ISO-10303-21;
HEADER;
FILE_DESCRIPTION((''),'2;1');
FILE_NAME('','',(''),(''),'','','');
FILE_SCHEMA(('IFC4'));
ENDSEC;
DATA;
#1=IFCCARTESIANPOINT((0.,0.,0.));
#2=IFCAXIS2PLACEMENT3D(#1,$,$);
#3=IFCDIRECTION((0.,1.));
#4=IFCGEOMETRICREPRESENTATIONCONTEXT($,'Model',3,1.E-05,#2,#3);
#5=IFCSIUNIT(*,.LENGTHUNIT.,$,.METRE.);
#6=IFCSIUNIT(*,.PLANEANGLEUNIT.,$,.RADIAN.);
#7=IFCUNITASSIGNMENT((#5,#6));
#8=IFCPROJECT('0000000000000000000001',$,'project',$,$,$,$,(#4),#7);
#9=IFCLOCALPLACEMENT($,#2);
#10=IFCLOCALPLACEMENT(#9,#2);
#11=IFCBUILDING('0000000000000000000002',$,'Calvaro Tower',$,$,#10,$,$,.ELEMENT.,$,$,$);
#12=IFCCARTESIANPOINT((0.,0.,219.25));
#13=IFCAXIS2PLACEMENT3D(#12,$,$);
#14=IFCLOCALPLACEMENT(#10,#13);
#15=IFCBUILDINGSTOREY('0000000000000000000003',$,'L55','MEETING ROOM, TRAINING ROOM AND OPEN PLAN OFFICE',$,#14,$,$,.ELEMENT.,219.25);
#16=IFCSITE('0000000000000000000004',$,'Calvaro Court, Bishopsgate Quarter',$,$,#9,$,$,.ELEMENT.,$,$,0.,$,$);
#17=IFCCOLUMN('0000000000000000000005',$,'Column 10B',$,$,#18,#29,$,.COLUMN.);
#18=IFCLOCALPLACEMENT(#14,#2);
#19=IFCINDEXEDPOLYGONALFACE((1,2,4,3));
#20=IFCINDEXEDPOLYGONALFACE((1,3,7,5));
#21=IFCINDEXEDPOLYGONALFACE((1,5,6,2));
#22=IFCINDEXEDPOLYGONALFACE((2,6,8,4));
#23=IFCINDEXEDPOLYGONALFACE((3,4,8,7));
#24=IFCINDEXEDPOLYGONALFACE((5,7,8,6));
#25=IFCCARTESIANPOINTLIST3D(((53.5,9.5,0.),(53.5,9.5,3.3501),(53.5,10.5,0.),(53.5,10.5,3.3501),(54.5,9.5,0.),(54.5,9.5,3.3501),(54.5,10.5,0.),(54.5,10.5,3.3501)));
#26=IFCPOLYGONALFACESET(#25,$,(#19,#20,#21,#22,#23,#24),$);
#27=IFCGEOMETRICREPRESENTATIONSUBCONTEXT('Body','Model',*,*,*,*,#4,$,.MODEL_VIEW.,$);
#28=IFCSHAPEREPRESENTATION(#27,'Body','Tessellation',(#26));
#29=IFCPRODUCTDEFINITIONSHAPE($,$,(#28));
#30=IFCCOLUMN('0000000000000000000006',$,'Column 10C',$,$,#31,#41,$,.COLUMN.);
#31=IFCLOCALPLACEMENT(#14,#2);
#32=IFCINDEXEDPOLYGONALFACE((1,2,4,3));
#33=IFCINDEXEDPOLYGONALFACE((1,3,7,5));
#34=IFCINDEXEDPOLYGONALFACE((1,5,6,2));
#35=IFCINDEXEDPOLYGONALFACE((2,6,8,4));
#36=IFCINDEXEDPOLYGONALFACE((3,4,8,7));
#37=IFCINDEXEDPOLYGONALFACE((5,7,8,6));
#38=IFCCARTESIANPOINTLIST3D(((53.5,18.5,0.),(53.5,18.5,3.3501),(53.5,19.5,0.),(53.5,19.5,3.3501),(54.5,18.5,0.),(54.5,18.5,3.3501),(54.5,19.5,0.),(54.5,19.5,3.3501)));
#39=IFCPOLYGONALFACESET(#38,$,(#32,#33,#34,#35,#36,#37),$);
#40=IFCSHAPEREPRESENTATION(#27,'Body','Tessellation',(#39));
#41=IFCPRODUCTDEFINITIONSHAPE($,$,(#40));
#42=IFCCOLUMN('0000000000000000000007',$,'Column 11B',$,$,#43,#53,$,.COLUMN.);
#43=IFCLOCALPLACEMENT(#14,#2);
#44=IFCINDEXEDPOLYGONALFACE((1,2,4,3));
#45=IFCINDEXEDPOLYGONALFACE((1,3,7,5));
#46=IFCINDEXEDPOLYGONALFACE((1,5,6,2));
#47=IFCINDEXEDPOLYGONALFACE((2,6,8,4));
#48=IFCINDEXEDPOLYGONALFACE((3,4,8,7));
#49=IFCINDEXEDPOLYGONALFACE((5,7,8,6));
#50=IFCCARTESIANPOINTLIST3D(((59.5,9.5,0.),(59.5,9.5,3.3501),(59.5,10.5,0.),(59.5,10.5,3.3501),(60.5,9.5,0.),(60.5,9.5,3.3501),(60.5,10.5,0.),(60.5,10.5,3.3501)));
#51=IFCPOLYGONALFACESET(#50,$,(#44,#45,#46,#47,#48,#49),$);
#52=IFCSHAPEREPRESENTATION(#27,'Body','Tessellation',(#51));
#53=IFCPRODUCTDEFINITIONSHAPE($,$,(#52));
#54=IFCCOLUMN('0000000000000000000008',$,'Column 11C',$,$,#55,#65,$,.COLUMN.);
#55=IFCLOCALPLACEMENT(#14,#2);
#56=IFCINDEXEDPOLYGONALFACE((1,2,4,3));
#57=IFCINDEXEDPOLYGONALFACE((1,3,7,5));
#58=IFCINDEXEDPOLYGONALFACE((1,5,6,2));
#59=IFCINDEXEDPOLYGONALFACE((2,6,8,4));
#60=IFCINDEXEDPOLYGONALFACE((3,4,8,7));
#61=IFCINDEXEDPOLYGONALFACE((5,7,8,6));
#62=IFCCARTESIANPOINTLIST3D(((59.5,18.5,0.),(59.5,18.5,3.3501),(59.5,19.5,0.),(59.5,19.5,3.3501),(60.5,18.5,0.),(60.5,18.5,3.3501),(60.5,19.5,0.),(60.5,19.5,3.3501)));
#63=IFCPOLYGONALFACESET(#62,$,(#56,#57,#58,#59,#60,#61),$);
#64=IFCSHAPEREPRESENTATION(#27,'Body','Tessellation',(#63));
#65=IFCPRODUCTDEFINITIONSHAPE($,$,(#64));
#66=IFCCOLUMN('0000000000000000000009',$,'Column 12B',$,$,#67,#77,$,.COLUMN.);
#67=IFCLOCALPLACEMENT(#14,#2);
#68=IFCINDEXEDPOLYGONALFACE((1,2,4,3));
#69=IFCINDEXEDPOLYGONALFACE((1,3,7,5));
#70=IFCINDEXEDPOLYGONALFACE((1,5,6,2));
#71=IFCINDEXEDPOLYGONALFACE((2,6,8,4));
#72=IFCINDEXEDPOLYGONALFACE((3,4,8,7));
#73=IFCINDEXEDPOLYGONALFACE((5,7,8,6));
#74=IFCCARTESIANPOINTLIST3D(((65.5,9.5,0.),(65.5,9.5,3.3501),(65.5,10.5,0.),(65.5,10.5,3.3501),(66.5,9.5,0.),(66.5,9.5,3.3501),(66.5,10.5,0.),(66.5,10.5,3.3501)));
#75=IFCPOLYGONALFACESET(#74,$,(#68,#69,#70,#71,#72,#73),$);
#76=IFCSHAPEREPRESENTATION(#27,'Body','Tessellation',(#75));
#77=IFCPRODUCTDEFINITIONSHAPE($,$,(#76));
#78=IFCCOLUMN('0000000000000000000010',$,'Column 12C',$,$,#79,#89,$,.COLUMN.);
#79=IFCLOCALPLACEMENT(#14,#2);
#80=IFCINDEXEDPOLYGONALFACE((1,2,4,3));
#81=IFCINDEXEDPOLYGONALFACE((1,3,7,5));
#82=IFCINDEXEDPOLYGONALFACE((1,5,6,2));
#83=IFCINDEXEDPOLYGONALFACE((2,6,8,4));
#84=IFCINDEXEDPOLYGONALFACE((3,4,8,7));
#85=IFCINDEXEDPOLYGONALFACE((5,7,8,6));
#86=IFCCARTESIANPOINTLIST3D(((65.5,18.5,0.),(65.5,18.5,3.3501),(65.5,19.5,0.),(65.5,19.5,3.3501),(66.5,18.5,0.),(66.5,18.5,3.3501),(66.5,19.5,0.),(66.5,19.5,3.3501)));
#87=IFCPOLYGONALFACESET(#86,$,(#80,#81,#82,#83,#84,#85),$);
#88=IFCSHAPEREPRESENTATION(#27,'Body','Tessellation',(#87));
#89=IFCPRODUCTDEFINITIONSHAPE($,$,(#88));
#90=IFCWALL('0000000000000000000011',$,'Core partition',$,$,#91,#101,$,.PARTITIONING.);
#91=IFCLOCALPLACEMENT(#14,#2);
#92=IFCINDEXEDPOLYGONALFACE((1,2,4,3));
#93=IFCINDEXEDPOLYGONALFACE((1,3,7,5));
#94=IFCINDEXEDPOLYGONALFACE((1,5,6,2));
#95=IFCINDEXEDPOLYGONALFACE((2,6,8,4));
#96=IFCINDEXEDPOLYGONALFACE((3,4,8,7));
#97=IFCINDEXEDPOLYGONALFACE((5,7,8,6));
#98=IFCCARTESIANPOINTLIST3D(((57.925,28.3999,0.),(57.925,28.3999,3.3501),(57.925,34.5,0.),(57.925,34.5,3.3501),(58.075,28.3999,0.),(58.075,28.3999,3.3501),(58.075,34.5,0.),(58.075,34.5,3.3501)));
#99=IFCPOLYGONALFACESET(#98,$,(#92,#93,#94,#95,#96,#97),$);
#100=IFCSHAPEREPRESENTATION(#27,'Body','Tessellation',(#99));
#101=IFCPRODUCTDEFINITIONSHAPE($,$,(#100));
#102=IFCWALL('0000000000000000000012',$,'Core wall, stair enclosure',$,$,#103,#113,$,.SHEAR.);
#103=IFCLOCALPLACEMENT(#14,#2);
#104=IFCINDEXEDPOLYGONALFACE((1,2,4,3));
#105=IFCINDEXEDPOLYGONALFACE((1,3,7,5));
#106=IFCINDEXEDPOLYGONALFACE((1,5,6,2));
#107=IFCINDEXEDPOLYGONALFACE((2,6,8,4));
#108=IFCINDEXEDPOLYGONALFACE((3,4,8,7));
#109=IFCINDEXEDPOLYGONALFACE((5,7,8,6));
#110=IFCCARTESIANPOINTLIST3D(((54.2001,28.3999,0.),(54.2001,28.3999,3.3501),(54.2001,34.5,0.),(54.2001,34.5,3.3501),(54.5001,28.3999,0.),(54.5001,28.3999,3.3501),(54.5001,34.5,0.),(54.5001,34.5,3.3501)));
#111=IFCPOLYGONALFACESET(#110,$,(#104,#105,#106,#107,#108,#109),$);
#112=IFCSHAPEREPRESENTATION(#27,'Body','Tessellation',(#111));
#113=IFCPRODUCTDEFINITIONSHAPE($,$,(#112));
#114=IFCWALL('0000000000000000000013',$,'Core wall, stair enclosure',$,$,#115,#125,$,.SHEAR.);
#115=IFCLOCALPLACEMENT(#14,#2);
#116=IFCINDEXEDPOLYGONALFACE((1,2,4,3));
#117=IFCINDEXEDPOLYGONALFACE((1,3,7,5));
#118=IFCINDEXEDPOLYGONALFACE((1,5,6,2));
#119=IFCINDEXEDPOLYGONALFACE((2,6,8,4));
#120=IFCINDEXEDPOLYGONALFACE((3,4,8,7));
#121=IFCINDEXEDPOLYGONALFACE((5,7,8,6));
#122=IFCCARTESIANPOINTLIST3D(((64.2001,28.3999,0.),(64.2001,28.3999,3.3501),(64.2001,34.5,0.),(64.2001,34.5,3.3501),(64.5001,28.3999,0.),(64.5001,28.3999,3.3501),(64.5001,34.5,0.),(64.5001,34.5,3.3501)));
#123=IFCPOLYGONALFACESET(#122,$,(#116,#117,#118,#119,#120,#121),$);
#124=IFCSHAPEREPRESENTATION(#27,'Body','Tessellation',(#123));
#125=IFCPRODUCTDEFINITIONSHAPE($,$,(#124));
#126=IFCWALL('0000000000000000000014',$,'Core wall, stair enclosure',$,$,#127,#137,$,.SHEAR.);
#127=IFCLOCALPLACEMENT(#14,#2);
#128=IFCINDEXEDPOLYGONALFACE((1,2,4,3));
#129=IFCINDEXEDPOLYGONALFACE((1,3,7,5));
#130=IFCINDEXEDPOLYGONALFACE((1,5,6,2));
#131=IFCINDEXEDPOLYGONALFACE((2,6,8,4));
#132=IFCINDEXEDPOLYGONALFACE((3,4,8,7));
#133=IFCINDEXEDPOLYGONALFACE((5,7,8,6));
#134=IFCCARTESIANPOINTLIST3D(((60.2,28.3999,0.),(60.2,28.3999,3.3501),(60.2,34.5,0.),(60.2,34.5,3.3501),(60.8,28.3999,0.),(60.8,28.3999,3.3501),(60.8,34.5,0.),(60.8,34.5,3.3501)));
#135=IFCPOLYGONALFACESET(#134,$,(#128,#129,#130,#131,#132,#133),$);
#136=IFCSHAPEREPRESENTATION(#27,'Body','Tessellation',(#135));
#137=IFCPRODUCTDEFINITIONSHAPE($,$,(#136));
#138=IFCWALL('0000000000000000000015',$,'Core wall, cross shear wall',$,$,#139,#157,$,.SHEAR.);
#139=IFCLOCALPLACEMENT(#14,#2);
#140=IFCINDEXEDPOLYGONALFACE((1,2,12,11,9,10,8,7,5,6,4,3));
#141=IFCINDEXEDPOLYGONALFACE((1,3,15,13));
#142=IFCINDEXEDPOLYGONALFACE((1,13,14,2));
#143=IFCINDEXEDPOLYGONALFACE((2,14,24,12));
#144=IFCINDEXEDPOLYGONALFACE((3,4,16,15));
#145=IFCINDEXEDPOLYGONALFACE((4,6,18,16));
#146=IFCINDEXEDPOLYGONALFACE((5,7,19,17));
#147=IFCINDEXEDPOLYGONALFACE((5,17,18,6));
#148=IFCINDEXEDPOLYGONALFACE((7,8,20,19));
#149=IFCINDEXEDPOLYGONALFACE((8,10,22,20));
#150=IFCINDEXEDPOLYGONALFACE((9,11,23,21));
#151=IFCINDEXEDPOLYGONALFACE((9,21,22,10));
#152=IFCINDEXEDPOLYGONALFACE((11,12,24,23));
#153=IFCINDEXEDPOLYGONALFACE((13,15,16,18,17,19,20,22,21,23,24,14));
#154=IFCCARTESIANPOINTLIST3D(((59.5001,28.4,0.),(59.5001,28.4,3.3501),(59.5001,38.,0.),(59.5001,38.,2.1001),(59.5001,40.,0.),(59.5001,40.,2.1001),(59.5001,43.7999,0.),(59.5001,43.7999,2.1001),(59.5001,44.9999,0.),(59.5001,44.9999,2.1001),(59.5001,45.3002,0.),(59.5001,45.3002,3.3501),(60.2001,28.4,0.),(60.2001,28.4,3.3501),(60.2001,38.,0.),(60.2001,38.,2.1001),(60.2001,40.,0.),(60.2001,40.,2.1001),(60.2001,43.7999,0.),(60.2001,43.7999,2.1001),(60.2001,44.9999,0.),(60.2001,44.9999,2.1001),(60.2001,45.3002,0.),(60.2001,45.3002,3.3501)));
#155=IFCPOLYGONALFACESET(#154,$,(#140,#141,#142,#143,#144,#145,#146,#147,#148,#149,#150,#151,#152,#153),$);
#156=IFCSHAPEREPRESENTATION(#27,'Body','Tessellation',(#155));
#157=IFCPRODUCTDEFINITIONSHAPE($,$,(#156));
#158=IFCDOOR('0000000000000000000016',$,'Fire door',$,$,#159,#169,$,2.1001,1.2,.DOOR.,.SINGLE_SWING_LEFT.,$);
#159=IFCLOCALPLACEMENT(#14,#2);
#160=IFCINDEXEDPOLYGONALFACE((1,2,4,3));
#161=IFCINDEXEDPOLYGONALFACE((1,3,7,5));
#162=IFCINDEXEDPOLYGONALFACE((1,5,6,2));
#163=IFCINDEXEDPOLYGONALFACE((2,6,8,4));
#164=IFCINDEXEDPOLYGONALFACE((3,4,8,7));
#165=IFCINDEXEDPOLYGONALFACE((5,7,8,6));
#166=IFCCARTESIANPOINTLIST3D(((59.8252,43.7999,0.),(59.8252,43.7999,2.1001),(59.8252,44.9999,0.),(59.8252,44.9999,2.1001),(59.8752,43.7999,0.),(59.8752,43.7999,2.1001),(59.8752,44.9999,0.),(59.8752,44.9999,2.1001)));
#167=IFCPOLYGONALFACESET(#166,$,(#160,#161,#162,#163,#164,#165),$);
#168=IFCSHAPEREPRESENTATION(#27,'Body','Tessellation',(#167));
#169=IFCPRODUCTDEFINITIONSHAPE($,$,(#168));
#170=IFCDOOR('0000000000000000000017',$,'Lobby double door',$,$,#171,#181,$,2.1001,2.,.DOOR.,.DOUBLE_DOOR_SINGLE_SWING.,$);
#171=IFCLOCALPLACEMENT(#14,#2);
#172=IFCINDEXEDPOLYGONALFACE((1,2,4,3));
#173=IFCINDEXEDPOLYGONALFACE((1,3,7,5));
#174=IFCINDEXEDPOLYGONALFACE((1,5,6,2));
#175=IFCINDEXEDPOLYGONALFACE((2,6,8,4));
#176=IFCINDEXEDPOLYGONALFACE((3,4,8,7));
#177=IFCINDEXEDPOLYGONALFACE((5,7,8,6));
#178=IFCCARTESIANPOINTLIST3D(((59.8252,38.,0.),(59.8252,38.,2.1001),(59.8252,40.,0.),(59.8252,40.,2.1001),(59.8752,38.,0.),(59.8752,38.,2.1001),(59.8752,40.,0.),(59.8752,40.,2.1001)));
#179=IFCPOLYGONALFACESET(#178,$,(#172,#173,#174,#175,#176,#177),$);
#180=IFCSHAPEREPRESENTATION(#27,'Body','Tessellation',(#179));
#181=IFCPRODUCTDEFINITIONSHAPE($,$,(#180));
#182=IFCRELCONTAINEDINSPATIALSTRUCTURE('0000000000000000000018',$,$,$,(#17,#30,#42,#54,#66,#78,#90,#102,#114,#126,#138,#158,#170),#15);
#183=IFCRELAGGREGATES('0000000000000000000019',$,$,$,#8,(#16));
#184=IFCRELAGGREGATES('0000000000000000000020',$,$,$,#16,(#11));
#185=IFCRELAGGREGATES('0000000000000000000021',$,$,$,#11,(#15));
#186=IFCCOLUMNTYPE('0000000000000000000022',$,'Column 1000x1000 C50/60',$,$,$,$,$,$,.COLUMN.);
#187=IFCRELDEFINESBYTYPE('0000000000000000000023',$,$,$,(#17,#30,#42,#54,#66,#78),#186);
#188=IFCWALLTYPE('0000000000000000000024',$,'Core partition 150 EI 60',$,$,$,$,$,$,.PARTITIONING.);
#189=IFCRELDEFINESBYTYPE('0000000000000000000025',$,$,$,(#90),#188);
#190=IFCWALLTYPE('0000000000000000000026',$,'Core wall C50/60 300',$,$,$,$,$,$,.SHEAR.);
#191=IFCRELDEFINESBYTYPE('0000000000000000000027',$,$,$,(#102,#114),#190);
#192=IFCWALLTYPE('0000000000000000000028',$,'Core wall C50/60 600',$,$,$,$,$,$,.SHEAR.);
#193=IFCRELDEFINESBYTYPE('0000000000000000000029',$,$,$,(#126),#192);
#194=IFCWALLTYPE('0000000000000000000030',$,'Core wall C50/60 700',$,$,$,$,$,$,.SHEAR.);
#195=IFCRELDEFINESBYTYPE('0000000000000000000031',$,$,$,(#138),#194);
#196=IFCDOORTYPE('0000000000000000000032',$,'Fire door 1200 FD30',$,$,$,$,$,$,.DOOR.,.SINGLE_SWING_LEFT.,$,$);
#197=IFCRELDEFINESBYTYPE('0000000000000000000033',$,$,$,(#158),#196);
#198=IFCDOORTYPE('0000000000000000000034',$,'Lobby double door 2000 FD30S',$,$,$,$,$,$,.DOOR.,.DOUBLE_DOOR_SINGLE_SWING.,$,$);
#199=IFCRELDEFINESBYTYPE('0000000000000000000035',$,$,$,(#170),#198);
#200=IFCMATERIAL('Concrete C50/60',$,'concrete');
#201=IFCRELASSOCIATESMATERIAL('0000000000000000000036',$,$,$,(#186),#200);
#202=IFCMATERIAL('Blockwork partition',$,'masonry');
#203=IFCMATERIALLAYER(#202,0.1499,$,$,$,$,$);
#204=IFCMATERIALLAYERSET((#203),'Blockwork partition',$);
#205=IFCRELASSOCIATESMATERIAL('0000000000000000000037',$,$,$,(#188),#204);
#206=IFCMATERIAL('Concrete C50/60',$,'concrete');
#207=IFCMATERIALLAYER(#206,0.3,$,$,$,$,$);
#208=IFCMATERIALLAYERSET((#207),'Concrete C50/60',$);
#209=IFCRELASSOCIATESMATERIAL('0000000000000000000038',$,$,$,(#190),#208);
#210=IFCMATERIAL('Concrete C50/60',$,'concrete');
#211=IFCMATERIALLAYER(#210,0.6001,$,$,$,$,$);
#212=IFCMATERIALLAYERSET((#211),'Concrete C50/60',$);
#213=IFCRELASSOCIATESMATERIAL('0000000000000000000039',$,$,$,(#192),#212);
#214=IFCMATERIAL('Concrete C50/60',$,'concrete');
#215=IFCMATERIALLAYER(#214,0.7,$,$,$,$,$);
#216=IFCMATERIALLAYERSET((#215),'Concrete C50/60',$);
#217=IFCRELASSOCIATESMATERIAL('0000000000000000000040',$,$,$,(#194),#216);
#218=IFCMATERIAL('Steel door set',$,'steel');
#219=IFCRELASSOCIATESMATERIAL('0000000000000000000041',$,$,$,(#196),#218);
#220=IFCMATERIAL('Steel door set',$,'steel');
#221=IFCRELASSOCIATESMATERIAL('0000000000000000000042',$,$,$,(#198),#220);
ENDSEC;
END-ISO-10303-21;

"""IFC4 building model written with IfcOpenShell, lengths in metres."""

from ifc_helpers import new_model, si_unit, direction, frame, frame_2d, origin, origin_2d, place, context, subcontext, project, spatial, rectangle, extrude, material, layer, layer_set, material_profile, profile_set, type_object, element, fill, save


model = new_model("IFC4")

# Units and contexts
model_context = context("Model", 3, precision=1e-05, world=origin(), true_north=direction((0.0, 1.0)))
body_context = subcontext(model_context, "Body", "Model", "MODEL_VIEW")
ifc_project = project(units=[si_unit("LENGTHUNIT", "METRE"), si_unit("PLANEANGLEUNIT", "RADIAN")], contexts=[model_context])

# Site, building, storey
site_placement = place(None, origin())
site = spatial("IfcSite", under=ifc_project, at=site_placement, Name="Calvaro Court, Bishopsgate Quarter", CompositionType="ELEMENT", RefElevation=0.0)
building_placement = place(site_placement, origin())
building = spatial("IfcBuilding", under=site, at=building_placement, Name="Calvaro Tower", CompositionType="ELEMENT")
storey_placement = place(building_placement, frame((0.0, 0.0, 219.25)))
storey = spatial("IfcBuildingStorey", under=building, at=storey_placement, Name="L55", Description="MEETING ROOM, TRAINING ROOM AND OPEN PLAN OFFICE", CompositionType="ELEMENT", Elevation=219.25)

# Columns
ifc_material_1 = material(Name="Concrete C50/60", Category="concrete")
ifc_material_profile = material_profile(ifc_material_1, rectangle(XDim=1.0, YDim=1.0, at=origin_2d()), Name="RC 1000x1000")
ifc_profile_set = profile_set([ifc_material_profile], Name="Concrete C50/60")
column_type = type_object("IfcColumnType", Name="Column 1000x1000 C50/60", PredefinedType="COLUMN", material=ifc_profile_set)
for number, where, z_axis, x_axis, name in (
    (1, (54.0, 10.0, 0.0), (0.0, 0.0, 1.0), (1.0, 0.0, 0.0), "Column 10B"),
    (2, (54.0, 19.0, 0.0), (0.0, 0.0, 1.0), (1.0, 0.0, 0.0), "Column 10C"),
    (3, (60.0, 10.0, 0.0), (0.0, 0.0, 1.0), (1.0, 0.0, 0.0), "Column 11B"),
    (4, (60.0, 19.0, 0.0), (0.0, 0.0, 1.0), (1.0, 0.0, 0.0), "Column 11C"),
    (5, (66.0, 10.0, 0.0), (0.0, 0.0, 1.0), (1.0, 0.0, 0.0), "Column 12B"),
    (6, (66.0, 19.0, 0.0), (0.0, 0.0, 1.0), (1.0, 0.0, 0.0), "Column 12C"),
):
    element("IfcColumn", number, at=place(storey_placement, frame(where, z_axis=z_axis, x_axis=x_axis)), inside=storey, type_object=column_type, Name=name, PredefinedType="COLUMN", context=body_context, shape_type="SweptSolid", body=[
        extrude(rectangle(XDim=1.0, YDim=1.0, at=origin_2d()), origin(), (0.0, 0.0, 1.0), 3.3501),
    ])

# Walls
ifc_material_2 = material(Name="Blockwork partition", Category="masonry")
ifc_layer_1 = layer(ifc_material_2, 0.1499)
ifc_layer_set_1 = layer_set([ifc_layer_1], Name="Blockwork partition")
wall_type_1 = type_object("IfcWallType", Name="Core partition 150 EI 60", PredefinedType="PARTITIONING", material=ifc_layer_set_1)
wall_1_placement = place(storey_placement, frame((58.0, 28.3999, 0.0), z_axis=(0.0, 0.0, 1.0), x_axis=(0.0, 1.0, 0.0)))
element("IfcWall", 7, at=wall_1_placement, inside=storey, type_object=wall_type_1, Name="Core partition", PredefinedType="PARTITIONING", context=body_context, shape_type="SweptSolid", body=[
    extrude(rectangle(XDim=6.1001, YDim=0.1499, at=frame_2d((3.05, 0.0))), origin(), (0.0, 0.0, 1.0), 3.3501),
])
ifc_material_3 = material(Name="Concrete C50/60", Category="concrete")
ifc_layer_2 = layer(ifc_material_3, 0.3)
ifc_layer_set_2 = layer_set([ifc_layer_2], Name="Concrete C50/60")
wall_type_2 = type_object("IfcWallType", Name="Core wall C50/60 300", PredefinedType="SHEAR", material=ifc_layer_set_2)
for number, where, z_axis, x_axis, name in (
    (8, (54.3501, 28.3999, 0.0), (0.0, 0.0, 1.0), (0.0, 1.0, 0.0), "Core wall, stair enclosure"),
    (9, (64.3501, 28.3999, 0.0), (0.0, 0.0, 1.0), (0.0, 1.0, 0.0), "Core wall, stair enclosure"),
):
    element("IfcWall", number, at=place(storey_placement, frame(where, z_axis=z_axis, x_axis=x_axis)), inside=storey, type_object=wall_type_2, Name=name, PredefinedType="SHEAR", context=body_context, shape_type="SweptSolid", body=[
        extrude(rectangle(XDim=6.1001, YDim=0.3, at=frame_2d((3.05, 0.0))), origin(), (0.0, 0.0, 1.0), 3.3501),
    ])
ifc_material_4 = material(Name="Concrete C50/60", Category="concrete")
ifc_layer_3 = layer(ifc_material_4, 0.6001)
ifc_layer_set_3 = layer_set([ifc_layer_3], Name="Concrete C50/60")
wall_type_3 = type_object("IfcWallType", Name="Core wall C50/60 600", PredefinedType="SHEAR", material=ifc_layer_set_3)
wall_2_placement = place(storey_placement, frame((60.5, 28.3999, 0.0), z_axis=(0.0, 0.0, 1.0), x_axis=(0.0, 1.0, 0.0)))
element("IfcWall", 10, at=wall_2_placement, inside=storey, type_object=wall_type_3, Name="Core wall, stair enclosure", PredefinedType="SHEAR", context=body_context, shape_type="SweptSolid", body=[
    extrude(rectangle(XDim=6.1001, YDim=0.6001, at=frame_2d((3.05, 0.0))), origin(), (0.0, 0.0, 1.0), 3.3501),
])

# Wall, openings, doors
ifc_material_5 = material(Name="Concrete C50/60", Category="concrete")
ifc_layer_4 = layer(ifc_material_5, 0.7)
ifc_layer_set_4 = layer_set([ifc_layer_4], Name="Concrete C50/60")
wall_type_4 = type_object("IfcWallType", Name="Core wall C50/60 700", PredefinedType="SHEAR", material=ifc_layer_set_4)
wall_3_placement = place(storey_placement, frame((59.8501, 28.3999, 0.0), z_axis=(0.0, 0.0, 1.0), x_axis=(0.0, 1.0, 0.0)))
wall_3 = element("IfcWall", 11, at=wall_3_placement, inside=storey, type_object=wall_type_4, Name="Core wall, cross shear wall", PredefinedType="SHEAR", context=body_context, shape_type="SweptSolid", body=[
    extrude(rectangle(XDim=16.9001, YDim=0.7, at=frame_2d((8.4502, 0.0))), origin(), (0.0, 0.0, 1.0), 3.3501),
])
opening_1_placement = place(wall_3_placement, frame((9.6001, 0.0, 0.0)))
opening_1 = element("IfcOpeningElement", 12, at=opening_1_placement, cuts=wall_3, PredefinedType="OPENING", context=body_context, shape_type="SweptSolid", body=[
    extrude(rectangle(XDim=2.0, YDim=2.1001, at=frame_2d((1.0, 1.05))), frame((0.0, 0.3599, 0.0), z_axis=(0.0, -1.0, 0.0), x_axis=(1.0, 0.0, 0.0)), (0.0, 0.0, 1.0), 0.72),
])
opening_2_placement = place(wall_3_placement, frame((15.3999, 0.0, 0.0)))
opening_2 = element("IfcOpeningElement", 13, at=opening_2_placement, cuts=wall_3, PredefinedType="OPENING", context=body_context, shape_type="SweptSolid", body=[
    extrude(rectangle(XDim=1.2, YDim=2.1001, at=frame_2d((0.6001, 1.05))), frame((0.0, 0.3599, 0.0), z_axis=(0.0, -1.0, 0.0), x_axis=(1.0, 0.0, 0.0)), (0.0, 0.0, 1.0), 0.72),
])
ifc_material_6 = material(Name="Steel door set", Category="steel")
door_type_1 = type_object("IfcDoorType", Name="Fire door 1200 FD30", OperationType="SINGLE_SWING_LEFT", PredefinedType="DOOR", material=ifc_material_6)
door_1_placement = place(opening_2_placement, origin())
door_1 = element("IfcDoor", 14, at=door_1_placement, inside=storey, type_object=door_type_1, Name="Fire door", OperationType="SINGLE_SWING_LEFT", OverallHeight=2.1001, OverallWidth=1.2, PredefinedType="DOOR", context=body_context, shape_type="SweptSolid", body=[
    extrude(rectangle(XDim=1.2, YDim=2.1001, at=frame_2d((0.6001, 1.05))), frame((0.0, 0.0249, 0.0), z_axis=(0.0, -1.0, 0.0), x_axis=(1.0, 0.0, 0.0)), (0.0, 0.0, 1.0), 0.05),
])
fill(opening_2, door_1)
ifc_material_7 = material(Name="Steel door set", Category="steel")
door_type_2 = type_object("IfcDoorType", Name="Lobby double door 2000 FD30S", OperationType="DOUBLE_DOOR_SINGLE_SWING", PredefinedType="DOOR", material=ifc_material_7)
door_2_placement = place(opening_1_placement, origin())
door_2 = element("IfcDoor", 15, at=door_2_placement, inside=storey, type_object=door_type_2, Name="Lobby double door", OperationType="DOUBLE_DOOR_SINGLE_SWING", OverallHeight=2.1001, OverallWidth=2.0, PredefinedType="DOOR", context=body_context, shape_type="SweptSolid", body=[
    extrude(rectangle(XDim=2.0, YDim=2.1001, at=frame_2d((1.0, 1.05))), frame((0.0, 0.0249, 0.0), z_axis=(0.0, -1.0, 0.0), x_axis=(1.0, 0.0, 0.0)), (0.0, 0.0, 1.0), 0.05),
])
fill(opening_1, door_2)

save(model, "model.ifc")
